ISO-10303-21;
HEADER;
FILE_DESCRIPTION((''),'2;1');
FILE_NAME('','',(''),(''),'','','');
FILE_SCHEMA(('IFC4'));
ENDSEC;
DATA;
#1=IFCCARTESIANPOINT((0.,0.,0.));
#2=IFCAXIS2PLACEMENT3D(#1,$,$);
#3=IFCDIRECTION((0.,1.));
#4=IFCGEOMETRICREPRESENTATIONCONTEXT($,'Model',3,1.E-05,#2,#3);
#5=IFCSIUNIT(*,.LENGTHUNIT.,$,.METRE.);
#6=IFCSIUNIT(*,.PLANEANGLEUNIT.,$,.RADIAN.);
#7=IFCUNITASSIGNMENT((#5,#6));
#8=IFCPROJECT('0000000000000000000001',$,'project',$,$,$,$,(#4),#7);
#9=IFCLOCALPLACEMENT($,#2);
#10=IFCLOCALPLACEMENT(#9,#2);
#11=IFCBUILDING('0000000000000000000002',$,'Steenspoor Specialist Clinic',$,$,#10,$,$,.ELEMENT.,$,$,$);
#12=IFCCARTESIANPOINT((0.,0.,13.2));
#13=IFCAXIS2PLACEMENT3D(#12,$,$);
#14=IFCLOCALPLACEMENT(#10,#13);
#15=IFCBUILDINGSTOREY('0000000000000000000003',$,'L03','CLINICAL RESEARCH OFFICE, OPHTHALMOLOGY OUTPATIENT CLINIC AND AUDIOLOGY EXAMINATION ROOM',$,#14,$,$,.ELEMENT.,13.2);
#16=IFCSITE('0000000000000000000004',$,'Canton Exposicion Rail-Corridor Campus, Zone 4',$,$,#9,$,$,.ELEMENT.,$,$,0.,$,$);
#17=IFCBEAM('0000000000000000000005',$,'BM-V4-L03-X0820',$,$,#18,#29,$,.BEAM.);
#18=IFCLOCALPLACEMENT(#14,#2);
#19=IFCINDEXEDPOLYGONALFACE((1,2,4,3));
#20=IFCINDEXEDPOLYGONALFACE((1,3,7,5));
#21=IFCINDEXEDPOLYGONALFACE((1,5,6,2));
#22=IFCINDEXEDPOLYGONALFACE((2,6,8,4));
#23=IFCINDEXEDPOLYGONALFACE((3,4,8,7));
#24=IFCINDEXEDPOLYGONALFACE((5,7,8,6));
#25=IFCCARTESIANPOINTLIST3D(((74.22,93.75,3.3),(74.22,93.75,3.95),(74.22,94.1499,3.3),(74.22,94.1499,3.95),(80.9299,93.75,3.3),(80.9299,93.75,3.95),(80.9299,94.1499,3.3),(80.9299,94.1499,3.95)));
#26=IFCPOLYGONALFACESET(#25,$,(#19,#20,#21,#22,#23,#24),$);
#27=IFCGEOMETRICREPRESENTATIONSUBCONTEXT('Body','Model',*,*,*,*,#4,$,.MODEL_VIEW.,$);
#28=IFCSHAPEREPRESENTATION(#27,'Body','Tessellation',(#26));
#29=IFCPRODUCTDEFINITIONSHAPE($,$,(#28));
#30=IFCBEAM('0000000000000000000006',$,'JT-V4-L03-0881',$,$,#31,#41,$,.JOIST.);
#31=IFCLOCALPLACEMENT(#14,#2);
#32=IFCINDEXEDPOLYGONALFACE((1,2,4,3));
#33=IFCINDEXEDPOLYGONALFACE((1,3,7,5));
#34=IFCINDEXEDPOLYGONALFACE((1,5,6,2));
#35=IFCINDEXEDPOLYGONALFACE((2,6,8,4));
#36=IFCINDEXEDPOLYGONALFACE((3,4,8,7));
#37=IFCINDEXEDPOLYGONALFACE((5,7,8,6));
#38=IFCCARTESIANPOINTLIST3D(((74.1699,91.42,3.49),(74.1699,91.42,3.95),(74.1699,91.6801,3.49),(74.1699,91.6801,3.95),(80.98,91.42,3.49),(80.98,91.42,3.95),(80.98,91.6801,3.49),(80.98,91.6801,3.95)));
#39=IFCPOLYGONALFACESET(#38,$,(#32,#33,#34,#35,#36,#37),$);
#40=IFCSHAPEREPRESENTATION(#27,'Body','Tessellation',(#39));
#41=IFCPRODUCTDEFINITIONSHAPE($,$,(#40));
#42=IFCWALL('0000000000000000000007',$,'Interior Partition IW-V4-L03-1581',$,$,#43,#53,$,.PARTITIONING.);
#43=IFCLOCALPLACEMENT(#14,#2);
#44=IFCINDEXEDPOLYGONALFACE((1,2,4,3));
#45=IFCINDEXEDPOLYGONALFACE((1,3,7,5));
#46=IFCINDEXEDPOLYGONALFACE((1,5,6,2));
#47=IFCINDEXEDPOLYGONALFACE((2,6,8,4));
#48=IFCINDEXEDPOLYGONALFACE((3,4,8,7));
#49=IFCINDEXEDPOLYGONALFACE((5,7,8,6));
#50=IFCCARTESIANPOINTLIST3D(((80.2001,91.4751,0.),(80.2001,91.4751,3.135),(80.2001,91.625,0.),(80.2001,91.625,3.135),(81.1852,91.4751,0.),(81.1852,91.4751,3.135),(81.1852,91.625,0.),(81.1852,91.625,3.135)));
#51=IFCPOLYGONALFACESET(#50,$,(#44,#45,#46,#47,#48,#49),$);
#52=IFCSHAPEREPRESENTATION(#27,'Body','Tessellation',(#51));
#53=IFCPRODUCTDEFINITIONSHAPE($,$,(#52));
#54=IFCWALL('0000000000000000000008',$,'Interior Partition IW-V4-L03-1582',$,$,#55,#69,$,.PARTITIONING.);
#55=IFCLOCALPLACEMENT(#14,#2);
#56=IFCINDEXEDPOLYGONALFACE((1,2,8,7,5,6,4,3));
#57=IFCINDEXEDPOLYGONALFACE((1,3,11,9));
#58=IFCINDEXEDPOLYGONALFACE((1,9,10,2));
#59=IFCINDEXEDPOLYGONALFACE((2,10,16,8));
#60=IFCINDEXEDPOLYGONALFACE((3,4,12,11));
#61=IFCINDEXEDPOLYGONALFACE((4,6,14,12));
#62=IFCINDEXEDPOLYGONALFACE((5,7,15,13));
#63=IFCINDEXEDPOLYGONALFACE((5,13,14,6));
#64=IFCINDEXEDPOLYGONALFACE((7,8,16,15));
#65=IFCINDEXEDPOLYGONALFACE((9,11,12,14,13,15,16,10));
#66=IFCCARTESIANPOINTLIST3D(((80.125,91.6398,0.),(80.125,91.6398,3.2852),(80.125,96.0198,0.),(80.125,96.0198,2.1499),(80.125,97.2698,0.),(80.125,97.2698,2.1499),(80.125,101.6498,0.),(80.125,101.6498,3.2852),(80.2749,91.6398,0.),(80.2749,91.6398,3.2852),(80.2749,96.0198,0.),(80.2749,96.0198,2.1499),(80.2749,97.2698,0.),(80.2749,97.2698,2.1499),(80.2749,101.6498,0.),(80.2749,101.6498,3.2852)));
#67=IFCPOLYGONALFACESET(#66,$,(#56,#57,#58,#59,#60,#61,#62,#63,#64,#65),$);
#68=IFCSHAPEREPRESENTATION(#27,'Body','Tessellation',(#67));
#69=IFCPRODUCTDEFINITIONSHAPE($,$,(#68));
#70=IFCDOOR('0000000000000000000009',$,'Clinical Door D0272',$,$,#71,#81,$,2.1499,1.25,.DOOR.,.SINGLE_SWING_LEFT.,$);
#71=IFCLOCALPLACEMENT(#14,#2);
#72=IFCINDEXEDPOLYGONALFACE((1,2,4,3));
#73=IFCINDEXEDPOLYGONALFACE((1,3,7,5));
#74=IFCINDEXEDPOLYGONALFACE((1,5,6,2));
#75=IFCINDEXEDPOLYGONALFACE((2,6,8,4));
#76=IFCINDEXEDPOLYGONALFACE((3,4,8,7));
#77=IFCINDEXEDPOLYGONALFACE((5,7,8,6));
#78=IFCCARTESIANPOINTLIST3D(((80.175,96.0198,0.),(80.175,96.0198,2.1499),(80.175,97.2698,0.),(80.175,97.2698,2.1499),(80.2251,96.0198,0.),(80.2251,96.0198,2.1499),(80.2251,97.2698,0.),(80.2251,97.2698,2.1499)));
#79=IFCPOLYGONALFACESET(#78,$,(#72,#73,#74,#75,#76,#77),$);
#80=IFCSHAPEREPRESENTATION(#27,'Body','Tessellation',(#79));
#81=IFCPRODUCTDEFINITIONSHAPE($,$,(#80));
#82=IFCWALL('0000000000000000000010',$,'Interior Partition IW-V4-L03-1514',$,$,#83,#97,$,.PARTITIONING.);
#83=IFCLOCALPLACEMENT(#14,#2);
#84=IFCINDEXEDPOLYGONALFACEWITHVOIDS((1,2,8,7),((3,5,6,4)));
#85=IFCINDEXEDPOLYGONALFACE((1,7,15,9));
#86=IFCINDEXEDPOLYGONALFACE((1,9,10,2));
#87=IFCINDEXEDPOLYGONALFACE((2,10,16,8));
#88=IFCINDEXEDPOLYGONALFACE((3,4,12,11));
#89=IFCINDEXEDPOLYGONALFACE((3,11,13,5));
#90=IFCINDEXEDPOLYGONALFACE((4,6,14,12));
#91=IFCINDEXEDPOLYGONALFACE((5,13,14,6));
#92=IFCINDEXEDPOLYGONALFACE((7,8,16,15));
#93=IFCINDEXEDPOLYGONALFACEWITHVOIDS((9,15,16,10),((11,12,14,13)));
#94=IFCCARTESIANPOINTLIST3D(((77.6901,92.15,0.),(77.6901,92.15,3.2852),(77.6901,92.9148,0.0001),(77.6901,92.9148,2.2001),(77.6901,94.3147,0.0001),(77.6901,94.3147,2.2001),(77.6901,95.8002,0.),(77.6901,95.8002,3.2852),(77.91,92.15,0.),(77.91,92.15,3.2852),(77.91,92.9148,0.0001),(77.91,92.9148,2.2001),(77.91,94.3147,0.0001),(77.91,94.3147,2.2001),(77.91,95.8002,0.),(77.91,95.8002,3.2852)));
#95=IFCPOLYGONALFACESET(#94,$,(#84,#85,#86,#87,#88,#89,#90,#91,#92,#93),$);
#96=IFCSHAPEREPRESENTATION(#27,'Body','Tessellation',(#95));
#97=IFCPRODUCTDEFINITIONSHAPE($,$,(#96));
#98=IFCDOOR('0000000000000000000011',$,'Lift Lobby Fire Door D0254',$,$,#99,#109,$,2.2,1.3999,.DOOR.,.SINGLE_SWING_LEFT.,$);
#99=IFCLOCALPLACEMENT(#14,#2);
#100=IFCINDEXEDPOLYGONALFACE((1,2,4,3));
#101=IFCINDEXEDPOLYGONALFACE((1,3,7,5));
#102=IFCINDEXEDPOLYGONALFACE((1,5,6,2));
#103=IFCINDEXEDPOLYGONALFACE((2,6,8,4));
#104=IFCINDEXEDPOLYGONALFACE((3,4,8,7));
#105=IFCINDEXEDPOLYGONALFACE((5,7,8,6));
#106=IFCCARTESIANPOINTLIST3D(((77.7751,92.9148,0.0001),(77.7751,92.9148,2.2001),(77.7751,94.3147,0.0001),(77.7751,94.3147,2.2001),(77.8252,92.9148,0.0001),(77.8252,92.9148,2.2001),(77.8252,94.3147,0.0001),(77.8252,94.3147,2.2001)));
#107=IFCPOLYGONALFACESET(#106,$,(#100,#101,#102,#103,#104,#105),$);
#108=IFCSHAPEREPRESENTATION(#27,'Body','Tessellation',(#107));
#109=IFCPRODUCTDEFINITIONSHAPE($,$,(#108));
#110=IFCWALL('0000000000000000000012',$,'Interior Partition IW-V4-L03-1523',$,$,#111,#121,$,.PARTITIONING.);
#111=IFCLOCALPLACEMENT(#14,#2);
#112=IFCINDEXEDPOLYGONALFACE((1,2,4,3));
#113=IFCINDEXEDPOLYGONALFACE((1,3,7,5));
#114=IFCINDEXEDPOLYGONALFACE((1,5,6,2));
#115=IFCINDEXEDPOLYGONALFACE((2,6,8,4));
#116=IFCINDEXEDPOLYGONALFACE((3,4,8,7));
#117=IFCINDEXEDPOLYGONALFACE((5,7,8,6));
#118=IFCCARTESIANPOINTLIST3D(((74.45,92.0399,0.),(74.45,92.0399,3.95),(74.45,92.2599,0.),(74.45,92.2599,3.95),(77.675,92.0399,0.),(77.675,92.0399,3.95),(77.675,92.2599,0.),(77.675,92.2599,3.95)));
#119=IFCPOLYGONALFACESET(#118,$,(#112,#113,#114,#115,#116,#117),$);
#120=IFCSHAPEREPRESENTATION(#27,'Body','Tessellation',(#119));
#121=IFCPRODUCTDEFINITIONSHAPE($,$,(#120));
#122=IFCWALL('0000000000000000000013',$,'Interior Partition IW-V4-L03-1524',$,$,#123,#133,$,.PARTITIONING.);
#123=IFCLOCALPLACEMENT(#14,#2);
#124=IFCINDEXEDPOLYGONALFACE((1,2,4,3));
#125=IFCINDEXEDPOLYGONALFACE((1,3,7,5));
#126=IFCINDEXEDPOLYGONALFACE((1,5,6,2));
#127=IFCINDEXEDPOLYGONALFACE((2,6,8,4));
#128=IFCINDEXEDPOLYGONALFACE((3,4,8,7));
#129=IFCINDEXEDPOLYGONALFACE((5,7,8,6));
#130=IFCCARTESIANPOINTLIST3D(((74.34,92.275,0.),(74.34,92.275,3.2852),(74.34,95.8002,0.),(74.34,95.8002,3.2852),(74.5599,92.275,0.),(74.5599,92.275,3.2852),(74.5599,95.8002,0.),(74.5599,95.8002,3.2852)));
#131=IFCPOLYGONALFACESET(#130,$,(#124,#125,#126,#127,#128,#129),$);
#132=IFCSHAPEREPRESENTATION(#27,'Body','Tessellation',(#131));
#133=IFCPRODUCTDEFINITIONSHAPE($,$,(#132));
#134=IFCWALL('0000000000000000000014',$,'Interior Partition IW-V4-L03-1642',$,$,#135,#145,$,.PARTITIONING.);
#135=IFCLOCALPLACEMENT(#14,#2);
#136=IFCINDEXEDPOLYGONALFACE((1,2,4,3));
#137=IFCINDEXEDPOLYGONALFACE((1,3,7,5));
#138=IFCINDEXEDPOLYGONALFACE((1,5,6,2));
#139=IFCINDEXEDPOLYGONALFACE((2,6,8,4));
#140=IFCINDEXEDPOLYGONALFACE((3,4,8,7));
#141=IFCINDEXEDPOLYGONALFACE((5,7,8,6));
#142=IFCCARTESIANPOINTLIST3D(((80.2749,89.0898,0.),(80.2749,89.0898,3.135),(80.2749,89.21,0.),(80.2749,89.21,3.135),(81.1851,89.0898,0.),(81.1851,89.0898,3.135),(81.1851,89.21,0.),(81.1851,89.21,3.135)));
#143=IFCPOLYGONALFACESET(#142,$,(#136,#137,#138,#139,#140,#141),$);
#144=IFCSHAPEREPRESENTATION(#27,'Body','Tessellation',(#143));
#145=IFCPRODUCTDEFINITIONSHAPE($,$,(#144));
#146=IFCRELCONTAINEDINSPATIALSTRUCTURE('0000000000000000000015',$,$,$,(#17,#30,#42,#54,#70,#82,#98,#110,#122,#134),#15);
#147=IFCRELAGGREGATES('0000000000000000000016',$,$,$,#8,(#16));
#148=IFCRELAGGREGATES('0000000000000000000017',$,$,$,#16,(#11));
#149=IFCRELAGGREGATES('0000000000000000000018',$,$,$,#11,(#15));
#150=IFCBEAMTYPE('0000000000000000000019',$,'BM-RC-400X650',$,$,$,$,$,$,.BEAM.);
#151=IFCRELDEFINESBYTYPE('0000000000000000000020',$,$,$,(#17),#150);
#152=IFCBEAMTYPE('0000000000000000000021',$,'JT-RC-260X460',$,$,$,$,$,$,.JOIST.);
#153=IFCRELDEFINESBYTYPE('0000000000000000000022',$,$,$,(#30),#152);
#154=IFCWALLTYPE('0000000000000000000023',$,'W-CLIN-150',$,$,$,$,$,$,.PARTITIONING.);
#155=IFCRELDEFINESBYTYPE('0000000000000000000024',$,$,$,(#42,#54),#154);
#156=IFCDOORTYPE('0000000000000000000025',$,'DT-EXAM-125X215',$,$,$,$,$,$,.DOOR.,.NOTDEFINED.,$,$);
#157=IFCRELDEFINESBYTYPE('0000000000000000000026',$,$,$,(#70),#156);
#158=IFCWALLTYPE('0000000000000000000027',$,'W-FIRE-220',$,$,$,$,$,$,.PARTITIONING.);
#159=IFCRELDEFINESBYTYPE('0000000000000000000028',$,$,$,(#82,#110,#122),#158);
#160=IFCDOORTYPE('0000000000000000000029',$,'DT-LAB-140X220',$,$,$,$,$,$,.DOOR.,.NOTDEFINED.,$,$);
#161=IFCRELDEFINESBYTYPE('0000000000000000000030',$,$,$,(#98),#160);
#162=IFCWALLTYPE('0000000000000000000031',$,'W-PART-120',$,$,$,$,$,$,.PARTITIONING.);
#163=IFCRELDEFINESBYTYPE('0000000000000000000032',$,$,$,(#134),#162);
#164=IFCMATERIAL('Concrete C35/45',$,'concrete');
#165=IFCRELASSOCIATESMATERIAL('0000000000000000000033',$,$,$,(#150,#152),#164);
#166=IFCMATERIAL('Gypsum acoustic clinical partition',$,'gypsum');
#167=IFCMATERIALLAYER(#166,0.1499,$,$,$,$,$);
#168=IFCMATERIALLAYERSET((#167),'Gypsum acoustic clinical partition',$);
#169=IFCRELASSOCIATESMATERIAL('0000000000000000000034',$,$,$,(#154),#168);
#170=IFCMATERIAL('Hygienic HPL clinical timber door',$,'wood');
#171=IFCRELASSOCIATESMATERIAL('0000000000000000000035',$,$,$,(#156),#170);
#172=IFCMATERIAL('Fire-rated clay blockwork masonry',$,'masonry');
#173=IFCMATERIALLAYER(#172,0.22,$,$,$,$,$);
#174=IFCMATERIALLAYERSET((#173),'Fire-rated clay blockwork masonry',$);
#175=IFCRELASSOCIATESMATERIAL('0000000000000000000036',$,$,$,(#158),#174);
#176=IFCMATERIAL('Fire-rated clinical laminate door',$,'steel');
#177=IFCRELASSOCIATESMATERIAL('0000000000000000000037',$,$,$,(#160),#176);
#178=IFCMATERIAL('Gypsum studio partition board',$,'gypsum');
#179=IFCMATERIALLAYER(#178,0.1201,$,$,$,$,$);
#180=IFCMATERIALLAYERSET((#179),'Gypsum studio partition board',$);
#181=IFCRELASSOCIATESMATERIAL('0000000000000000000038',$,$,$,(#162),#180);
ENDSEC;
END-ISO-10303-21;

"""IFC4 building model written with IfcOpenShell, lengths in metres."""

from ifc_helpers import new_model, si_unit, direction, frame, frame_2d, origin, origin_2d, place, context, subcontext, project, spatial, rectangle, extrude, material, layer, layer_set, material_profile, profile_set, type_object, element, fill, save


model = new_model("IFC4")

# Units and contexts
model_context = context("Model", 3, precision=1e-05, world=origin(), true_north=direction((0.0, 1.0)))
body_context = subcontext(model_context, "Body", "Model", "MODEL_VIEW")
ifc_project = project(units=[si_unit("LENGTHUNIT", "METRE"), si_unit("PLANEANGLEUNIT", "RADIAN")], contexts=[model_context])

# Site, building, storey
site_placement = place(None, origin())
site = spatial("IfcSite", under=ifc_project, at=site_placement, Name="Canton Exposicion Rail-Corridor Campus, Zone 4", CompositionType="ELEMENT", RefElevation=0.0)
building_placement = place(site_placement, origin())
building = spatial("IfcBuilding", under=site, at=building_placement, Name="Steenspoor Specialist Clinic", CompositionType="ELEMENT")
storey_placement = place(building_placement, frame((0.0, 0.0, 13.2)))
storey = spatial("IfcBuildingStorey", under=building, at=storey_placement, Name="L03", Description="CLINICAL RESEARCH OFFICE, OPHTHALMOLOGY OUTPATIENT CLINIC AND AUDIOLOGY EXAMINATION ROOM", CompositionType="ELEMENT", Elevation=13.2)

# Beams
ifc_material_1 = material(Name="Concrete C35/45", Category="concrete")
ifc_material_profile_1 = material_profile(ifc_material_1, rectangle(XDim=0.3999, YDim=0.6499, at=origin_2d()), Name="RC-BM-400X650")
ifc_profile_set_1 = profile_set([ifc_material_profile_1], Name="Concrete C35/45")
beam_type_1 = type_object("IfcBeamType", Name="BM-RC-400X650", PredefinedType="BEAM", material=ifc_profile_set_1)
beam_1_placement = place(storey_placement, frame((74.22, 93.95, 3.625), z_axis=(1.0, 0.0, 0.0), x_axis=(0.0, 1.0, 0.0)))
element("IfcBeam", 1, at=beam_1_placement, inside=storey, type_object=beam_type_1, Name="BM-V4-L03-X0820", PredefinedType="BEAM", context=body_context, shape_type="SweptSolid", body=[
    extrude(rectangle(XDim=0.3999, YDim=0.6499, at=origin_2d()), origin(), (0.0, 0.0, 1.0), 6.71),
])
ifc_material_profile_2 = material_profile(ifc_material_1, rectangle(XDim=0.26, YDim=0.46, at=origin_2d()), Name="RC-JT-260X460")
ifc_profile_set_2 = profile_set([ifc_material_profile_2], Name="Concrete C35/45")
beam_type_2 = type_object("IfcBeamType", Name="JT-RC-260X460", PredefinedType="JOIST", material=ifc_profile_set_2)
beam_2_placement = place(storey_placement, frame((74.1699, 91.55, 3.72), z_axis=(1.0, 0.0, 0.0), x_axis=(0.0, 1.0, 0.0)))
element("IfcBeam", 2, at=beam_2_placement, inside=storey, type_object=beam_type_2, Name="JT-V4-L03-0881", PredefinedType="JOIST", context=body_context, shape_type="SweptSolid", body=[
    extrude(rectangle(XDim=0.26, YDim=0.46, at=origin_2d()), origin(), (0.0, 0.0, 1.0), 6.8101),
])

# Wall
ifc_material_2 = material(Name="Gypsum acoustic clinical partition", Category="gypsum")
ifc_layer_1 = layer(ifc_material_2, 0.1499)
ifc_layer_set_1 = layer_set([ifc_layer_1], Name="Gypsum acoustic clinical partition")
wall_type_1 = type_object("IfcWallType", Name="W-CLIN-150", PredefinedType="PARTITIONING", material=ifc_layer_set_1)
wall_1_placement = place(storey_placement, frame((80.2, 91.55, 0.0), z_axis=(0.0, 0.0, 1.0), x_axis=(1.0, 0.0, 0.0)))
element("IfcWall", 3, at=wall_1_placement, inside=storey, type_object=wall_type_1, Name="Interior Partition IW-V4-L03-1581", PredefinedType="PARTITIONING", context=body_context, shape_type="SweptSolid", body=[
    extrude(rectangle(XDim=0.9851, YDim=0.1499, at=frame_2d((0.4927, 0.0))), origin(), (0.0, 0.0, 1.0), 3.135),
])

# Walls, openings, doors
wall_2_placement = place(storey_placement, frame((80.2, 91.6399, 0.0), z_axis=(0.0, 0.0, 1.0), x_axis=(0.0, 1.0, 0.0)))
wall_2 = element("IfcWall", 4, at=wall_2_placement, inside=storey, type_object=wall_type_1, Name="Interior Partition IW-V4-L03-1582", PredefinedType="PARTITIONING", context=body_context, shape_type="SweptSolid", body=[
    extrude(rectangle(XDim=10.01, YDim=0.1499, at=frame_2d((5.0049, 0.0))), origin(), (0.0, 0.0, 1.0), 3.2852),
])
opening_1_placement = place(wall_2_placement, frame((4.3799, 0.0, 0.0)))
opening_1 = element("IfcOpeningElement", 5, at=opening_1_placement, cuts=wall_2, PredefinedType="OPENING", context=body_context, shape_type="SweptSolid", body=[
    extrude(rectangle(XDim=1.25, YDim=2.1499, at=frame_2d((0.625, 1.075))), frame((0.0, 0.085, 0.0), z_axis=(0.0, -1.0, 0.0), x_axis=(1.0, 0.0, 0.0)), (0.0, 0.0, 1.0), 0.1699),
])
ifc_material_3 = material(Name="Hygienic HPL clinical timber door", Category="wood")
door_type_1 = type_object("IfcDoorType", Name="DT-EXAM-125X215", OperationType="NOTDEFINED", PredefinedType="DOOR", material=ifc_material_3)
door_1_placement = place(opening_1_placement, origin())
door_1 = element("IfcDoor", 6, at=door_1_placement, inside=storey, type_object=door_type_1, Name="Clinical Door D0272", OperationType="SINGLE_SWING_LEFT", OverallHeight=2.1499, OverallWidth=1.25, PredefinedType="DOOR", context=body_context, shape_type="SweptSolid", body=[
    extrude(rectangle(XDim=1.25, YDim=2.1499, at=frame_2d((0.625, 1.075))), frame((0.0, 0.0249, 0.0), z_axis=(0.0, -1.0, 0.0), x_axis=(1.0, 0.0, 0.0)), (0.0, 0.0, 1.0), 0.05),
])
fill(opening_1, door_1)
ifc_material_4 = material(Name="Fire-rated clay blockwork masonry", Category="masonry")
ifc_layer_2 = layer(ifc_material_4, 0.22)
ifc_layer_set_2 = layer_set([ifc_layer_2], Name="Fire-rated clay blockwork masonry")
wall_type_2 = type_object("IfcWallType", Name="W-FIRE-220", PredefinedType="PARTITIONING", material=ifc_layer_set_2)
wall_3_placement = place(storey_placement, frame((77.8, 92.1499, 0.0), z_axis=(0.0, 0.0, 1.0), x_axis=(0.0, 1.0, 0.0)))
wall_3 = element("IfcWall", 7, at=wall_3_placement, inside=storey, type_object=wall_type_2, Name="Interior Partition IW-V4-L03-1514", PredefinedType="PARTITIONING", context=body_context, shape_type="SweptSolid", body=[
    extrude(rectangle(XDim=3.6501, YDim=0.22, at=frame_2d((1.8252, 0.0))), origin(), (0.0, 0.0, 1.0), 3.2852),
])
opening_2_placement = place(wall_3_placement, frame((0.7649, 0.0, 0.0)))
opening_2 = element("IfcOpeningElement", 8, at=opening_2_placement, cuts=wall_3, PredefinedType="OPENING", context=body_context, shape_type="SweptSolid", body=[
    extrude(rectangle(XDim=1.3999, YDim=2.2, at=frame_2d((0.7, 1.1001))), frame((0.0, 0.1201, 0.0), z_axis=(0.0, -1.0, 0.0), x_axis=(1.0, 0.0, 0.0)), (0.0, 0.0, 1.0), 0.24),
])
ifc_material_5 = material(Name="Fire-rated clinical laminate door", Category="steel")
door_type_2 = type_object("IfcDoorType", Name="DT-LAB-140X220", OperationType="NOTDEFINED", PredefinedType="DOOR", material=ifc_material_5)
door_2_placement = place(opening_2_placement, origin())
door_2 = element("IfcDoor", 9, at=door_2_placement, inside=storey, type_object=door_type_2, Name="Lift Lobby Fire Door D0254", OperationType="SINGLE_SWING_LEFT", OverallHeight=2.2, OverallWidth=1.3999, PredefinedType="DOOR", context=body_context, shape_type="SweptSolid", body=[
    extrude(rectangle(XDim=1.3999, YDim=2.2, at=frame_2d((0.7, 1.1001))), frame((0.0, 0.0249, 0.0), z_axis=(0.0, -1.0, 0.0), x_axis=(1.0, 0.0, 0.0)), (0.0, 0.0, 1.0), 0.05),
])
fill(opening_2, door_2)

# Walls
wall_4_placement = place(storey_placement, frame((74.45, 92.1499, 0.0), z_axis=(0.0, 0.0, 1.0), x_axis=(1.0, 0.0, 0.0)))
element("IfcWall", 10, at=wall_4_placement, inside=storey, type_object=wall_type_2, Name="Interior Partition IW-V4-L03-1523", PredefinedType="PARTITIONING", context=body_context, shape_type="SweptSolid", body=[
    extrude(rectangle(XDim=3.2251, YDim=0.22, at=frame_2d((1.6125, 0.0))), origin(), (0.0, 0.0, 1.0), 3.95),
])
wall_5_placement = place(storey_placement, frame((74.45, 92.2749, 0.0), z_axis=(0.0, 0.0, 1.0), x_axis=(0.0, 1.0, 0.0)))
element("IfcWall", 11, at=wall_5_placement, inside=storey, type_object=wall_type_2, Name="Interior Partition IW-V4-L03-1524", PredefinedType="PARTITIONING", context=body_context, shape_type="SweptSolid", body=[
    extrude(rectangle(XDim=3.5251, YDim=0.22, at=frame_2d((1.7627, 0.0))), origin(), (0.0, 0.0, 1.0), 3.2852),
])
ifc_material_6 = material(Name="Gypsum studio partition board", Category="gypsum")
ifc_layer_3 = layer(ifc_material_6, 0.1201)
ifc_layer_set_3 = layer_set([ifc_layer_3], Name="Gypsum studio partition board")
wall_type_3 = type_object("IfcWallType", Name="W-PART-120", PredefinedType="PARTITIONING", material=ifc_layer_set_3)
wall_6_placement = place(storey_placement, frame((80.2749, 89.1499, 0.0), z_axis=(0.0, 0.0, 1.0), x_axis=(1.0, 0.0, 0.0)))
element("IfcWall", 12, at=wall_6_placement, inside=storey, type_object=wall_type_3, Name="Interior Partition IW-V4-L03-1642", PredefinedType="PARTITIONING", context=body_context, shape_type="SweptSolid", body=[
    extrude(rectangle(XDim=0.9102, YDim=0.1201, at=frame_2d((0.4551, 0.0))), origin(), (0.0, 0.0, 1.0), 3.135),
])

save(model, "model.ifc")
